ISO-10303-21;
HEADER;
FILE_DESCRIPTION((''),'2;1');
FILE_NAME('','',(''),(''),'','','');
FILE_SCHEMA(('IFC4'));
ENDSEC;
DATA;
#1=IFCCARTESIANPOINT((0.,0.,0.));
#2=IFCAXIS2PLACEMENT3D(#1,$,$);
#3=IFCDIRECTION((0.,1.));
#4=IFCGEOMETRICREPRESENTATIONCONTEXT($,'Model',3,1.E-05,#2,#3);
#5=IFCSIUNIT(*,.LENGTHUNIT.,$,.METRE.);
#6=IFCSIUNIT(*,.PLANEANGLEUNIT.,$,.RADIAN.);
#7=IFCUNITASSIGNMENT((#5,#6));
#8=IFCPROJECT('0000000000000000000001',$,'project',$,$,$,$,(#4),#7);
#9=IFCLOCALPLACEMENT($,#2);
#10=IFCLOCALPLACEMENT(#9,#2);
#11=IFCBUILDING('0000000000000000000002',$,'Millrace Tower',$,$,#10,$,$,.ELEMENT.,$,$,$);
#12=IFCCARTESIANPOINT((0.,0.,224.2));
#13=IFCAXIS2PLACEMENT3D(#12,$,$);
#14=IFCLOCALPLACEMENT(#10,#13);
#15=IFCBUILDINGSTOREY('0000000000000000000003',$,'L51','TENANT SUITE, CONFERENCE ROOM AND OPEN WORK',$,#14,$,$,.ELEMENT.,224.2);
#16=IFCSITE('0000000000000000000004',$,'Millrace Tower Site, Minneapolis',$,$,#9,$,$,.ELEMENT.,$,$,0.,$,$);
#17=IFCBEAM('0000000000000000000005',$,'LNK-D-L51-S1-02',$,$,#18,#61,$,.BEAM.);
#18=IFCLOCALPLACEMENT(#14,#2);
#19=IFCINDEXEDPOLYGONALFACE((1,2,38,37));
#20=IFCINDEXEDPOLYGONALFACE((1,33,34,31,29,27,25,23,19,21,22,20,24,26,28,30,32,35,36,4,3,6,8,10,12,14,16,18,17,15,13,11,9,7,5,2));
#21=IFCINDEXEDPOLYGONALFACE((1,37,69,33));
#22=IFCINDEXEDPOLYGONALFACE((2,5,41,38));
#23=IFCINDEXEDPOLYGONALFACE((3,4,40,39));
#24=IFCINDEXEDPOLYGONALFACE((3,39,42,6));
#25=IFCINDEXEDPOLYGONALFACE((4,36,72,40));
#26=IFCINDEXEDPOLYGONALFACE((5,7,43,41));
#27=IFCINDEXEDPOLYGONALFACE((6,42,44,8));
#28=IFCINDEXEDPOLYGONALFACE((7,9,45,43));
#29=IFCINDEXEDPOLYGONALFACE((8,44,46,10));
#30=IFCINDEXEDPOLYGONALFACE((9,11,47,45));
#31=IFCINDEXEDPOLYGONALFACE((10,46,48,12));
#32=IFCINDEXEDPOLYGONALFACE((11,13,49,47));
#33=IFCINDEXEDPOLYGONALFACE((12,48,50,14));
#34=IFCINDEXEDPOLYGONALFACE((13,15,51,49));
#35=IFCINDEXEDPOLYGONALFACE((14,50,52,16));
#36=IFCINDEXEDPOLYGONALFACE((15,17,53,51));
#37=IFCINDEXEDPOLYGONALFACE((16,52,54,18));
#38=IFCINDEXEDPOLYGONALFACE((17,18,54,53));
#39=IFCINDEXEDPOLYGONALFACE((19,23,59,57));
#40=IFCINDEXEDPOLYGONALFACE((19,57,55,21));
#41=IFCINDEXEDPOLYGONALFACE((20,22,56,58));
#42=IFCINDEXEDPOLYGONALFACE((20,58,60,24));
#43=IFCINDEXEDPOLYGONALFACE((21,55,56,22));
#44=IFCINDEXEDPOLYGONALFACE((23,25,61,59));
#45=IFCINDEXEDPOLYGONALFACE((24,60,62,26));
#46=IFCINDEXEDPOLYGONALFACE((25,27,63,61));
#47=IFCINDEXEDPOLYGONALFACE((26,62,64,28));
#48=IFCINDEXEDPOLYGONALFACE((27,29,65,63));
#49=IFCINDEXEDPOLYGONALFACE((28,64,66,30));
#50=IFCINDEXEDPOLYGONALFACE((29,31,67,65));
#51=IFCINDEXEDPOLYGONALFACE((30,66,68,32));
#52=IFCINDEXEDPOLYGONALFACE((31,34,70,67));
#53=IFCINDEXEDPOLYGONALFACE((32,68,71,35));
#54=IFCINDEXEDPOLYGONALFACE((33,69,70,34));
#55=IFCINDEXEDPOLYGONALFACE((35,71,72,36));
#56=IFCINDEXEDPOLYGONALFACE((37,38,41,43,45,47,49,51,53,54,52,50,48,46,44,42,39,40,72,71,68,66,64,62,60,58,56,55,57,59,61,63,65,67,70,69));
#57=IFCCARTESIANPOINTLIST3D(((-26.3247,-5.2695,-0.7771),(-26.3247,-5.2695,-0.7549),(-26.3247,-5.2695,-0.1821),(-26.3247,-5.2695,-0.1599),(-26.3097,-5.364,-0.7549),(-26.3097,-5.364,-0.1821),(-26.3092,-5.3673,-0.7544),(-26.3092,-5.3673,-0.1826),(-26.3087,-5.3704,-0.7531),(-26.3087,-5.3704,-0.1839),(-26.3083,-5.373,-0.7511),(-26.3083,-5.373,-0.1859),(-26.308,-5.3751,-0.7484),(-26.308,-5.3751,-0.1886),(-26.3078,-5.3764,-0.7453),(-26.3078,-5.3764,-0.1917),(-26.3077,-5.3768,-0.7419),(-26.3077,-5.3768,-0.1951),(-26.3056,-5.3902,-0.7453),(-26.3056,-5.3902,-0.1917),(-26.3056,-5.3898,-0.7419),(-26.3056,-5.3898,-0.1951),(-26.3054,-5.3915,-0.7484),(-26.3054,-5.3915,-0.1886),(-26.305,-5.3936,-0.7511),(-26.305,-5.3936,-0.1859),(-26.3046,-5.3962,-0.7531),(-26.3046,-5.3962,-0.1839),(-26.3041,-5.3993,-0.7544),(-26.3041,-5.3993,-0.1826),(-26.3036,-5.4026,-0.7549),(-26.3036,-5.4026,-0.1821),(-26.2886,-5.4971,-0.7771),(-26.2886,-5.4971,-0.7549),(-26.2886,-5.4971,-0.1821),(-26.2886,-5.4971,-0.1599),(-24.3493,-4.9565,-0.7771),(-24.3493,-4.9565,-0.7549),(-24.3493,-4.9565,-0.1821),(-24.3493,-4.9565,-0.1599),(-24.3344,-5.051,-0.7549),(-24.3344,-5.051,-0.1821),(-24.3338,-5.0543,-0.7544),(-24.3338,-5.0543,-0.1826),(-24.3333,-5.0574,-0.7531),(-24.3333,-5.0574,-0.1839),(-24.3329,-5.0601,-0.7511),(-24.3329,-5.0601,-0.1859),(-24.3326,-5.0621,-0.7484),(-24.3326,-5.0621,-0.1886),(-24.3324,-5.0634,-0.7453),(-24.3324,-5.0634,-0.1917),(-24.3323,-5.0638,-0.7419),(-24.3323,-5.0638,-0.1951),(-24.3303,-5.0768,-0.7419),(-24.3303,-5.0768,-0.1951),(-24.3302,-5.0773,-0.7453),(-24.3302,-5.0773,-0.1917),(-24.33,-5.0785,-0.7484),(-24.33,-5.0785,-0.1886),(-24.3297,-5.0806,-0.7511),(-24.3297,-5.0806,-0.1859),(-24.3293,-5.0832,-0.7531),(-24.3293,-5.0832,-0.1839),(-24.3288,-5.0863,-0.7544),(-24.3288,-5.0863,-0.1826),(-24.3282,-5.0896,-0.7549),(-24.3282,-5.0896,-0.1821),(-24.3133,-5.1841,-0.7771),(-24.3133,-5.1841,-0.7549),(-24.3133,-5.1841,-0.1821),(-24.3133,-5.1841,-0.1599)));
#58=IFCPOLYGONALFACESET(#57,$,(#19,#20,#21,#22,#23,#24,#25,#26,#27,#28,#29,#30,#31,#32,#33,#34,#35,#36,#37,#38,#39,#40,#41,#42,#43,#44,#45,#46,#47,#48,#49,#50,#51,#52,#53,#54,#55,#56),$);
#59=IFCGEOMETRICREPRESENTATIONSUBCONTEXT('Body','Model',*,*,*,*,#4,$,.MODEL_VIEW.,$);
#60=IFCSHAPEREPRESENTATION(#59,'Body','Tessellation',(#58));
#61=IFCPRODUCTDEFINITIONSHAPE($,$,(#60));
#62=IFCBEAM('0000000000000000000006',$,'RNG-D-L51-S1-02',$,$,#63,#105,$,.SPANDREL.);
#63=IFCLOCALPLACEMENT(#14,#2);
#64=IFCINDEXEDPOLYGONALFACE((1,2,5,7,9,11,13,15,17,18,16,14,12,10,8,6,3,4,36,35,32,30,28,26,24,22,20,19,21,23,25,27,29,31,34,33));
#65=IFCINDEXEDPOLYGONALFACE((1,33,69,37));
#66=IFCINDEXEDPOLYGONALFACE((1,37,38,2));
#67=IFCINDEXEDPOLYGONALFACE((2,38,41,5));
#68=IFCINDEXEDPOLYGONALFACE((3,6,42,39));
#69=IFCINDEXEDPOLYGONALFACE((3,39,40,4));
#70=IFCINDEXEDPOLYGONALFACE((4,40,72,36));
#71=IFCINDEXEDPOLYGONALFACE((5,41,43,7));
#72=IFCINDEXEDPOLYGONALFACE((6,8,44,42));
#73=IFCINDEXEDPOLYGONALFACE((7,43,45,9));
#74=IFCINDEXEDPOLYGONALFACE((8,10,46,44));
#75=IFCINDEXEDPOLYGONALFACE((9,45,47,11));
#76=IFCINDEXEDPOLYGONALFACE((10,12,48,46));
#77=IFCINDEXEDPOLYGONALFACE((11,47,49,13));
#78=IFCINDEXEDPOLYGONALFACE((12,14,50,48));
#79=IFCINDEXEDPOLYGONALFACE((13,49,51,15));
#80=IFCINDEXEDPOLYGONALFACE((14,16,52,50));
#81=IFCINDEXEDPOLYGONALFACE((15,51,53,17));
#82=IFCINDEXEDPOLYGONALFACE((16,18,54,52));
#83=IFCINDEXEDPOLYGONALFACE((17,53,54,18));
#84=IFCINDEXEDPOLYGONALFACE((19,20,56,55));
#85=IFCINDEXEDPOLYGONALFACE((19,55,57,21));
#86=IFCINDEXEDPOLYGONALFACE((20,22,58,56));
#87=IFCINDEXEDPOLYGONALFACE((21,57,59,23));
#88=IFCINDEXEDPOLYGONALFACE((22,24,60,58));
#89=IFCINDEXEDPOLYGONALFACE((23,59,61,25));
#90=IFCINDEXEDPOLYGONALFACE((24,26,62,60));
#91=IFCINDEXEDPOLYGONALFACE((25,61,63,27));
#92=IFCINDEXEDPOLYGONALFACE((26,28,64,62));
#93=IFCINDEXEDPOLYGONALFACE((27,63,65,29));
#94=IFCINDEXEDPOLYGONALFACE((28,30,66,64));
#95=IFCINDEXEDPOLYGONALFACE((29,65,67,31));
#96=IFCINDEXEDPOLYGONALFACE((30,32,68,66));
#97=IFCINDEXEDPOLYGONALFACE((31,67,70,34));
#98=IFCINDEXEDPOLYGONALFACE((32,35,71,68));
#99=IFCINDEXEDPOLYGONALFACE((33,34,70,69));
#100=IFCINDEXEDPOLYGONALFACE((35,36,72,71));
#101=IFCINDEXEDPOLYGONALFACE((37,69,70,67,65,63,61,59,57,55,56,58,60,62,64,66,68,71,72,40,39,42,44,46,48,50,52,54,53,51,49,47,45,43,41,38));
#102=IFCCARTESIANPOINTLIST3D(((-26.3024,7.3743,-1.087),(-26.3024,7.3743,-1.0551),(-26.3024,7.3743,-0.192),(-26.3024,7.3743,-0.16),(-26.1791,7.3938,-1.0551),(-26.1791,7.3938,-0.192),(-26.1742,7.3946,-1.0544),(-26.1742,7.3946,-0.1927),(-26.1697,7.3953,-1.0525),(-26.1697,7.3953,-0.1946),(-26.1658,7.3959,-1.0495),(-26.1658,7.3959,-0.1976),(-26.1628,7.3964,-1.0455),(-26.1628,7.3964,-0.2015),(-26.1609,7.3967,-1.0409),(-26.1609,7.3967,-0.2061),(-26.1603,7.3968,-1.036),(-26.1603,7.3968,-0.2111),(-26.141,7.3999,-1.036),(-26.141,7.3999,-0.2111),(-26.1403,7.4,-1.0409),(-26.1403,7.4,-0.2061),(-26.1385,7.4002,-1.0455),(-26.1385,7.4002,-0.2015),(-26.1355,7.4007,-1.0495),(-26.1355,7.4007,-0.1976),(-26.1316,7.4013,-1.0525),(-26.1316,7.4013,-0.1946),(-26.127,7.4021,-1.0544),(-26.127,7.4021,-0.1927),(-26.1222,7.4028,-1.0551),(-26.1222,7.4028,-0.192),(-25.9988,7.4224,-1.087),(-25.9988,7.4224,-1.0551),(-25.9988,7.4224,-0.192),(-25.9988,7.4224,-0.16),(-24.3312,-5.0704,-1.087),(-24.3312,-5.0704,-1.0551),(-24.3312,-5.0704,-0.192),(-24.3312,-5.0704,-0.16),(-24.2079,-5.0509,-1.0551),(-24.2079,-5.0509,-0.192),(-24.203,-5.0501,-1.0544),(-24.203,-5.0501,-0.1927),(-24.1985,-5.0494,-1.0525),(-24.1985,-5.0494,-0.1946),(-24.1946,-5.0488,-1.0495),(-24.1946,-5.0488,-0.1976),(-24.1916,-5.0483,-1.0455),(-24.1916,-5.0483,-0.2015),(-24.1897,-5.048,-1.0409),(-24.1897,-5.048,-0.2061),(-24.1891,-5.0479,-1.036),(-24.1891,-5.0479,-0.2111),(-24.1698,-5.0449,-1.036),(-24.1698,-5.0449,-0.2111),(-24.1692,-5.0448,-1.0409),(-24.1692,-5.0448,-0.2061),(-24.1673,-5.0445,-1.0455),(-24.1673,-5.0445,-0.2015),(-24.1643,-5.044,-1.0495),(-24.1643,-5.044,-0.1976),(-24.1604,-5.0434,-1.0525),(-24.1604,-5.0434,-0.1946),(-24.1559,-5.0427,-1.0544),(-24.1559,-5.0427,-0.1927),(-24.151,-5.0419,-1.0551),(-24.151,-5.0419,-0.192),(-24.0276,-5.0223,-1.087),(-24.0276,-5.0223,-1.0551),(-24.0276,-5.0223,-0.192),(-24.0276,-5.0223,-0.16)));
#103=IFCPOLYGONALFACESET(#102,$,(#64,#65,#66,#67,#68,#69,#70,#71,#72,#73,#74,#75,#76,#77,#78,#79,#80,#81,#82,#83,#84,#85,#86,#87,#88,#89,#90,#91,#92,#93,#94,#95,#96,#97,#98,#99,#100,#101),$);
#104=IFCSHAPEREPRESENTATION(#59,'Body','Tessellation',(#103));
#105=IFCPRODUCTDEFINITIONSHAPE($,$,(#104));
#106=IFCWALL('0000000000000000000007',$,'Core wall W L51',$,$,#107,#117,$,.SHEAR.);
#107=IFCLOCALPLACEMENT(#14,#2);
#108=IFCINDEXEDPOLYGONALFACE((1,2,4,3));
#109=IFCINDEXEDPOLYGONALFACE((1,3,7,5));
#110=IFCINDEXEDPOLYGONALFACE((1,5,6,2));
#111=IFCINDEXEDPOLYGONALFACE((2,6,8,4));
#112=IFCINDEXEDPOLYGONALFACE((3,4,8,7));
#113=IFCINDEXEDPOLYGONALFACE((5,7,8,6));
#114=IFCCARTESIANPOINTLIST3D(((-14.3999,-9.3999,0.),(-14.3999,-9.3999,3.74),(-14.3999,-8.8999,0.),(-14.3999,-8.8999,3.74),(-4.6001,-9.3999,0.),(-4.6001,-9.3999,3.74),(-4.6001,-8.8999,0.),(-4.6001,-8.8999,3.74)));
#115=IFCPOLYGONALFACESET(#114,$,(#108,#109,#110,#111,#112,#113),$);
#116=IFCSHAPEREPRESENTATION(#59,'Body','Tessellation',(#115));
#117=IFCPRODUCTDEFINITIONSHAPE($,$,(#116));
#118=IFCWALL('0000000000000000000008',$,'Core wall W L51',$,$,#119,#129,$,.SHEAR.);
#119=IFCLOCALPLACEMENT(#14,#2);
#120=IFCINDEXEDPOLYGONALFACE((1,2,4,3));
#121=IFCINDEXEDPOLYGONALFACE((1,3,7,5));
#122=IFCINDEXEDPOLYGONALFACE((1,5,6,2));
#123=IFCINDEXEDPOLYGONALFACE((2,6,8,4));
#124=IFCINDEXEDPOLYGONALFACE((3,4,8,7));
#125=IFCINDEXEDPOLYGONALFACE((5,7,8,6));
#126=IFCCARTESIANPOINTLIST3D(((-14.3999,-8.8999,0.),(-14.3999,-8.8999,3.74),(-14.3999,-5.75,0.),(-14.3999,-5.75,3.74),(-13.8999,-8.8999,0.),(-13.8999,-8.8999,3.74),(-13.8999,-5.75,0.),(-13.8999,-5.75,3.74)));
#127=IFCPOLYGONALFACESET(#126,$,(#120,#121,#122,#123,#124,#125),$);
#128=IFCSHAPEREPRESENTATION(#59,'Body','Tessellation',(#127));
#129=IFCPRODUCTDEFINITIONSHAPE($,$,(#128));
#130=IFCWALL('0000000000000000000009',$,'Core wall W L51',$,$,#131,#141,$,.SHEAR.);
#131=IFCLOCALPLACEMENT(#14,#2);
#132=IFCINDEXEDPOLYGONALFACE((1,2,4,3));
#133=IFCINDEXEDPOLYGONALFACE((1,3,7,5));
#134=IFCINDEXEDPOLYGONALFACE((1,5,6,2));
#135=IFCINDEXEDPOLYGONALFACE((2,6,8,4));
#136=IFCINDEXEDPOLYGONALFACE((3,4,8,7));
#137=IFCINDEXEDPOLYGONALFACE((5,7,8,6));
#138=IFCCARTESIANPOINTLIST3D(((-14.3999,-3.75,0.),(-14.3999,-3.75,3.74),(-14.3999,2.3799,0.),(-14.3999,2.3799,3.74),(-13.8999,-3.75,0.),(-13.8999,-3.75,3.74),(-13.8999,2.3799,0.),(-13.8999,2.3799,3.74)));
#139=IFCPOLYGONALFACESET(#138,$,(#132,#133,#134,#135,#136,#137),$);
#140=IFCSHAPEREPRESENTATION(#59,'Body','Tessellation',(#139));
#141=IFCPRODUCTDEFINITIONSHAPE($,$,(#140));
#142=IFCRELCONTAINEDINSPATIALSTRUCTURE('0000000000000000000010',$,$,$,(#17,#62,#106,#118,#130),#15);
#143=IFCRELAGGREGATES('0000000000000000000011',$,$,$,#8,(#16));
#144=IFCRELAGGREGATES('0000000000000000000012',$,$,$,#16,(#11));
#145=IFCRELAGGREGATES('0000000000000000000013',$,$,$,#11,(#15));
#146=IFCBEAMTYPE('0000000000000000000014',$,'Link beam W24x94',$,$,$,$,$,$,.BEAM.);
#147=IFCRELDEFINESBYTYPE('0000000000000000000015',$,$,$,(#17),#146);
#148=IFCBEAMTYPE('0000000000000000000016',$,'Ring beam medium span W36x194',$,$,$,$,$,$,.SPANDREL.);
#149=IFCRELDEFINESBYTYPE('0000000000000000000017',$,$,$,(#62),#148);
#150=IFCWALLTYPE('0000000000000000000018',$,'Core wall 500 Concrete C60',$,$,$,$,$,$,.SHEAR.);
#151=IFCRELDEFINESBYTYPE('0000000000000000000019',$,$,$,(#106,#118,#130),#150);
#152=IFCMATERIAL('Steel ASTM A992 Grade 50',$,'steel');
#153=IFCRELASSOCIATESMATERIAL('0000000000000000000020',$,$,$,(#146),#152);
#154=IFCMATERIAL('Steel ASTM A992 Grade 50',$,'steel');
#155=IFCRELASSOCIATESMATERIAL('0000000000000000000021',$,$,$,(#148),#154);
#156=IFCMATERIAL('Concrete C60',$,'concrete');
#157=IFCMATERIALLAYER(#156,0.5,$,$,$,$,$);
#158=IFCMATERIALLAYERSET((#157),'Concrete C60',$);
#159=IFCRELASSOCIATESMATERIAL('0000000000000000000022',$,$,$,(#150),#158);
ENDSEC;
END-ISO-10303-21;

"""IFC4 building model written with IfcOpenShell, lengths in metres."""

from ifc_helpers import new_model, si_unit, direction, frame, frame_2d, origin, origin_2d, place, context, subcontext, project, spatial, rectangle, i_section, extrude, material, layer, layer_set, material_profile, profile_set, type_object, element, save


model = new_model("IFC4")

# Units and contexts
model_context = context("Model", 3, precision=1e-05, world=origin(), true_north=direction((0.0, 1.0)))
body_context = subcontext(model_context, "Body", "Model", "MODEL_VIEW")
ifc_project = project(units=[si_unit("LENGTHUNIT", "METRE"), si_unit("PLANEANGLEUNIT", "RADIAN")], contexts=[model_context])

# Site, building, storey
site_placement = place(None, origin())
site = spatial("IfcSite", under=ifc_project, at=site_placement, Name="Millrace Tower Site, Minneapolis", CompositionType="ELEMENT", RefElevation=0.0)
building_placement = place(site_placement, origin())
building = spatial("IfcBuilding", under=site, at=building_placement, Name="Millrace Tower", CompositionType="ELEMENT")
storey_placement = place(building_placement, frame((0.0, 0.0, 224.2)))
storey = spatial("IfcBuildingStorey", under=building, at=storey_placement, Name="L51", Description="TENANT SUITE, CONFERENCE ROOM AND OPEN WORK", CompositionType="ELEMENT", Elevation=224.2)

# Beams
ifc_material_1 = material(Name="Steel ASTM A992 Grade 50", Category="steel")
ifc_material_profile_1 = material_profile(ifc_material_1, i_section(OverallWidth=0.2305, OverallDepth=0.6172, WebThickness=0.0132, FlangeThickness=0.0222, FilletRadius=0.0129, at=origin_2d()))
ifc_profile_set_1 = profile_set([ifc_material_profile_1], Name="Steel ASTM A992 Grade 50")
beam_type_1 = type_object("IfcBeamType", Name="Link beam W24x94", PredefinedType="BEAM", material=ifc_profile_set_1)
beam_1_placement = place(storey_placement, frame((-24.3313, -5.0703, -0.4685), z_axis=(-0.987679, -0.156495, 0.0), x_axis=(0.156495, -0.987679, 0.0)))
element("IfcBeam", 1, at=beam_1_placement, inside=storey, type_object=beam_type_1, Name="LNK-D-L51-S1-02", PredefinedType="BEAM", context=body_context, shape_type="SweptSolid", body=[
    extrude(i_section(OverallWidth=0.2305, OverallDepth=0.6172, WebThickness=0.0132, FlangeThickness=0.0222, FilletRadius=0.0129, at=origin_2d()), origin(), (0.0, 0.0, 1.0), 2.0),
])
ifc_material_2 = material(Name="Steel ASTM A992 Grade 50", Category="steel")
ifc_material_profile_2 = material_profile(ifc_material_2, i_section(OverallWidth=0.3074, OverallDepth=0.927, WebThickness=0.0195, FlangeThickness=0.032, FilletRadius=0.019, at=origin_2d()))
ifc_profile_set_2 = profile_set([ifc_material_profile_2], Name="Steel ASTM A992 Grade 50")
beam_type_2 = type_object("IfcBeamType", Name="Ring beam medium span W36x194", PredefinedType="SPANDREL", material=ifc_profile_set_2)
beam_2_placement = place(storey_placement, frame((-24.1794, -5.0464, -0.6235), z_axis=(-0.156444, 0.987687, 0.0), x_axis=(-0.987687, -0.156444, 0.0)))
element("IfcBeam", 2, at=beam_2_placement, inside=storey, type_object=beam_type_2, Name="RNG-D-L51-S1-02", PredefinedType="SPANDREL", context=body_context, shape_type="SweptSolid", body=[
    extrude(i_section(OverallWidth=0.3074, OverallDepth=0.927, WebThickness=0.0195, FlangeThickness=0.032, FilletRadius=0.019, at=origin_2d()), origin(), (0.0, 0.0, 1.0), 12.5999),
])

# Walls
ifc_material_3 = material(Name="Concrete C60", Category="concrete")
ifc_layer_1 = layer(ifc_material_3, 0.5)
ifc_layer_set_1 = layer_set([ifc_layer_1], Name="Concrete C60")
wall_type_1 = type_object("IfcWallType", Name="Core wall 500 Concrete C60", PredefinedType="SHEAR", material=ifc_layer_set_1)
wall_1_placement = place(storey_placement, frame((-14.3999, -9.1499, 0.0), z_axis=(0.0, 0.0, 1.0), x_axis=(1.0, 0.0, 0.0)))
element("IfcWall", 3, at=wall_1_placement, inside=storey, type_object=wall_type_1, Name="Core wall W L51", PredefinedType="SHEAR", context=body_context, shape_type="SweptSolid", body=[
    extrude(rectangle(XDim=9.7998, YDim=0.5, at=frame_2d((4.8999, 0.0))), origin(), (0.0, 0.0, 1.0), 3.74),
])
wall_2_placement = place(storey_placement, frame((-14.1499, -8.8999, 0.0), z_axis=(0.0, 0.0, 1.0), x_axis=(0.0, 1.0, 0.0)))
element("IfcWall", 4, at=wall_2_placement, inside=storey, type_object=wall_type_1, Name="Core wall W L51", PredefinedType="SHEAR", context=body_context, shape_type="SweptSolid", body=[
    extrude(rectangle(XDim=3.1499, YDim=0.5, at=frame_2d((1.575, 0.0))), origin(), (0.0, 0.0, 1.0), 3.74),
])
wall_3_placement = place(storey_placement, frame((-14.1499, -3.75, 0.0), z_axis=(0.0, 0.0, 1.0), x_axis=(0.0, 1.0, 0.0)))
element("IfcWall", 5, at=wall_3_placement, inside=storey, type_object=wall_type_1, Name="Core wall W L51", PredefinedType="SHEAR", context=body_context, shape_type="SweptSolid", body=[
    extrude(rectangle(XDim=6.1299, YDim=0.5, at=frame_2d((3.0649, 0.0))), origin(), (0.0, 0.0, 1.0), 3.74),
])

save(model, "model.ifc")
